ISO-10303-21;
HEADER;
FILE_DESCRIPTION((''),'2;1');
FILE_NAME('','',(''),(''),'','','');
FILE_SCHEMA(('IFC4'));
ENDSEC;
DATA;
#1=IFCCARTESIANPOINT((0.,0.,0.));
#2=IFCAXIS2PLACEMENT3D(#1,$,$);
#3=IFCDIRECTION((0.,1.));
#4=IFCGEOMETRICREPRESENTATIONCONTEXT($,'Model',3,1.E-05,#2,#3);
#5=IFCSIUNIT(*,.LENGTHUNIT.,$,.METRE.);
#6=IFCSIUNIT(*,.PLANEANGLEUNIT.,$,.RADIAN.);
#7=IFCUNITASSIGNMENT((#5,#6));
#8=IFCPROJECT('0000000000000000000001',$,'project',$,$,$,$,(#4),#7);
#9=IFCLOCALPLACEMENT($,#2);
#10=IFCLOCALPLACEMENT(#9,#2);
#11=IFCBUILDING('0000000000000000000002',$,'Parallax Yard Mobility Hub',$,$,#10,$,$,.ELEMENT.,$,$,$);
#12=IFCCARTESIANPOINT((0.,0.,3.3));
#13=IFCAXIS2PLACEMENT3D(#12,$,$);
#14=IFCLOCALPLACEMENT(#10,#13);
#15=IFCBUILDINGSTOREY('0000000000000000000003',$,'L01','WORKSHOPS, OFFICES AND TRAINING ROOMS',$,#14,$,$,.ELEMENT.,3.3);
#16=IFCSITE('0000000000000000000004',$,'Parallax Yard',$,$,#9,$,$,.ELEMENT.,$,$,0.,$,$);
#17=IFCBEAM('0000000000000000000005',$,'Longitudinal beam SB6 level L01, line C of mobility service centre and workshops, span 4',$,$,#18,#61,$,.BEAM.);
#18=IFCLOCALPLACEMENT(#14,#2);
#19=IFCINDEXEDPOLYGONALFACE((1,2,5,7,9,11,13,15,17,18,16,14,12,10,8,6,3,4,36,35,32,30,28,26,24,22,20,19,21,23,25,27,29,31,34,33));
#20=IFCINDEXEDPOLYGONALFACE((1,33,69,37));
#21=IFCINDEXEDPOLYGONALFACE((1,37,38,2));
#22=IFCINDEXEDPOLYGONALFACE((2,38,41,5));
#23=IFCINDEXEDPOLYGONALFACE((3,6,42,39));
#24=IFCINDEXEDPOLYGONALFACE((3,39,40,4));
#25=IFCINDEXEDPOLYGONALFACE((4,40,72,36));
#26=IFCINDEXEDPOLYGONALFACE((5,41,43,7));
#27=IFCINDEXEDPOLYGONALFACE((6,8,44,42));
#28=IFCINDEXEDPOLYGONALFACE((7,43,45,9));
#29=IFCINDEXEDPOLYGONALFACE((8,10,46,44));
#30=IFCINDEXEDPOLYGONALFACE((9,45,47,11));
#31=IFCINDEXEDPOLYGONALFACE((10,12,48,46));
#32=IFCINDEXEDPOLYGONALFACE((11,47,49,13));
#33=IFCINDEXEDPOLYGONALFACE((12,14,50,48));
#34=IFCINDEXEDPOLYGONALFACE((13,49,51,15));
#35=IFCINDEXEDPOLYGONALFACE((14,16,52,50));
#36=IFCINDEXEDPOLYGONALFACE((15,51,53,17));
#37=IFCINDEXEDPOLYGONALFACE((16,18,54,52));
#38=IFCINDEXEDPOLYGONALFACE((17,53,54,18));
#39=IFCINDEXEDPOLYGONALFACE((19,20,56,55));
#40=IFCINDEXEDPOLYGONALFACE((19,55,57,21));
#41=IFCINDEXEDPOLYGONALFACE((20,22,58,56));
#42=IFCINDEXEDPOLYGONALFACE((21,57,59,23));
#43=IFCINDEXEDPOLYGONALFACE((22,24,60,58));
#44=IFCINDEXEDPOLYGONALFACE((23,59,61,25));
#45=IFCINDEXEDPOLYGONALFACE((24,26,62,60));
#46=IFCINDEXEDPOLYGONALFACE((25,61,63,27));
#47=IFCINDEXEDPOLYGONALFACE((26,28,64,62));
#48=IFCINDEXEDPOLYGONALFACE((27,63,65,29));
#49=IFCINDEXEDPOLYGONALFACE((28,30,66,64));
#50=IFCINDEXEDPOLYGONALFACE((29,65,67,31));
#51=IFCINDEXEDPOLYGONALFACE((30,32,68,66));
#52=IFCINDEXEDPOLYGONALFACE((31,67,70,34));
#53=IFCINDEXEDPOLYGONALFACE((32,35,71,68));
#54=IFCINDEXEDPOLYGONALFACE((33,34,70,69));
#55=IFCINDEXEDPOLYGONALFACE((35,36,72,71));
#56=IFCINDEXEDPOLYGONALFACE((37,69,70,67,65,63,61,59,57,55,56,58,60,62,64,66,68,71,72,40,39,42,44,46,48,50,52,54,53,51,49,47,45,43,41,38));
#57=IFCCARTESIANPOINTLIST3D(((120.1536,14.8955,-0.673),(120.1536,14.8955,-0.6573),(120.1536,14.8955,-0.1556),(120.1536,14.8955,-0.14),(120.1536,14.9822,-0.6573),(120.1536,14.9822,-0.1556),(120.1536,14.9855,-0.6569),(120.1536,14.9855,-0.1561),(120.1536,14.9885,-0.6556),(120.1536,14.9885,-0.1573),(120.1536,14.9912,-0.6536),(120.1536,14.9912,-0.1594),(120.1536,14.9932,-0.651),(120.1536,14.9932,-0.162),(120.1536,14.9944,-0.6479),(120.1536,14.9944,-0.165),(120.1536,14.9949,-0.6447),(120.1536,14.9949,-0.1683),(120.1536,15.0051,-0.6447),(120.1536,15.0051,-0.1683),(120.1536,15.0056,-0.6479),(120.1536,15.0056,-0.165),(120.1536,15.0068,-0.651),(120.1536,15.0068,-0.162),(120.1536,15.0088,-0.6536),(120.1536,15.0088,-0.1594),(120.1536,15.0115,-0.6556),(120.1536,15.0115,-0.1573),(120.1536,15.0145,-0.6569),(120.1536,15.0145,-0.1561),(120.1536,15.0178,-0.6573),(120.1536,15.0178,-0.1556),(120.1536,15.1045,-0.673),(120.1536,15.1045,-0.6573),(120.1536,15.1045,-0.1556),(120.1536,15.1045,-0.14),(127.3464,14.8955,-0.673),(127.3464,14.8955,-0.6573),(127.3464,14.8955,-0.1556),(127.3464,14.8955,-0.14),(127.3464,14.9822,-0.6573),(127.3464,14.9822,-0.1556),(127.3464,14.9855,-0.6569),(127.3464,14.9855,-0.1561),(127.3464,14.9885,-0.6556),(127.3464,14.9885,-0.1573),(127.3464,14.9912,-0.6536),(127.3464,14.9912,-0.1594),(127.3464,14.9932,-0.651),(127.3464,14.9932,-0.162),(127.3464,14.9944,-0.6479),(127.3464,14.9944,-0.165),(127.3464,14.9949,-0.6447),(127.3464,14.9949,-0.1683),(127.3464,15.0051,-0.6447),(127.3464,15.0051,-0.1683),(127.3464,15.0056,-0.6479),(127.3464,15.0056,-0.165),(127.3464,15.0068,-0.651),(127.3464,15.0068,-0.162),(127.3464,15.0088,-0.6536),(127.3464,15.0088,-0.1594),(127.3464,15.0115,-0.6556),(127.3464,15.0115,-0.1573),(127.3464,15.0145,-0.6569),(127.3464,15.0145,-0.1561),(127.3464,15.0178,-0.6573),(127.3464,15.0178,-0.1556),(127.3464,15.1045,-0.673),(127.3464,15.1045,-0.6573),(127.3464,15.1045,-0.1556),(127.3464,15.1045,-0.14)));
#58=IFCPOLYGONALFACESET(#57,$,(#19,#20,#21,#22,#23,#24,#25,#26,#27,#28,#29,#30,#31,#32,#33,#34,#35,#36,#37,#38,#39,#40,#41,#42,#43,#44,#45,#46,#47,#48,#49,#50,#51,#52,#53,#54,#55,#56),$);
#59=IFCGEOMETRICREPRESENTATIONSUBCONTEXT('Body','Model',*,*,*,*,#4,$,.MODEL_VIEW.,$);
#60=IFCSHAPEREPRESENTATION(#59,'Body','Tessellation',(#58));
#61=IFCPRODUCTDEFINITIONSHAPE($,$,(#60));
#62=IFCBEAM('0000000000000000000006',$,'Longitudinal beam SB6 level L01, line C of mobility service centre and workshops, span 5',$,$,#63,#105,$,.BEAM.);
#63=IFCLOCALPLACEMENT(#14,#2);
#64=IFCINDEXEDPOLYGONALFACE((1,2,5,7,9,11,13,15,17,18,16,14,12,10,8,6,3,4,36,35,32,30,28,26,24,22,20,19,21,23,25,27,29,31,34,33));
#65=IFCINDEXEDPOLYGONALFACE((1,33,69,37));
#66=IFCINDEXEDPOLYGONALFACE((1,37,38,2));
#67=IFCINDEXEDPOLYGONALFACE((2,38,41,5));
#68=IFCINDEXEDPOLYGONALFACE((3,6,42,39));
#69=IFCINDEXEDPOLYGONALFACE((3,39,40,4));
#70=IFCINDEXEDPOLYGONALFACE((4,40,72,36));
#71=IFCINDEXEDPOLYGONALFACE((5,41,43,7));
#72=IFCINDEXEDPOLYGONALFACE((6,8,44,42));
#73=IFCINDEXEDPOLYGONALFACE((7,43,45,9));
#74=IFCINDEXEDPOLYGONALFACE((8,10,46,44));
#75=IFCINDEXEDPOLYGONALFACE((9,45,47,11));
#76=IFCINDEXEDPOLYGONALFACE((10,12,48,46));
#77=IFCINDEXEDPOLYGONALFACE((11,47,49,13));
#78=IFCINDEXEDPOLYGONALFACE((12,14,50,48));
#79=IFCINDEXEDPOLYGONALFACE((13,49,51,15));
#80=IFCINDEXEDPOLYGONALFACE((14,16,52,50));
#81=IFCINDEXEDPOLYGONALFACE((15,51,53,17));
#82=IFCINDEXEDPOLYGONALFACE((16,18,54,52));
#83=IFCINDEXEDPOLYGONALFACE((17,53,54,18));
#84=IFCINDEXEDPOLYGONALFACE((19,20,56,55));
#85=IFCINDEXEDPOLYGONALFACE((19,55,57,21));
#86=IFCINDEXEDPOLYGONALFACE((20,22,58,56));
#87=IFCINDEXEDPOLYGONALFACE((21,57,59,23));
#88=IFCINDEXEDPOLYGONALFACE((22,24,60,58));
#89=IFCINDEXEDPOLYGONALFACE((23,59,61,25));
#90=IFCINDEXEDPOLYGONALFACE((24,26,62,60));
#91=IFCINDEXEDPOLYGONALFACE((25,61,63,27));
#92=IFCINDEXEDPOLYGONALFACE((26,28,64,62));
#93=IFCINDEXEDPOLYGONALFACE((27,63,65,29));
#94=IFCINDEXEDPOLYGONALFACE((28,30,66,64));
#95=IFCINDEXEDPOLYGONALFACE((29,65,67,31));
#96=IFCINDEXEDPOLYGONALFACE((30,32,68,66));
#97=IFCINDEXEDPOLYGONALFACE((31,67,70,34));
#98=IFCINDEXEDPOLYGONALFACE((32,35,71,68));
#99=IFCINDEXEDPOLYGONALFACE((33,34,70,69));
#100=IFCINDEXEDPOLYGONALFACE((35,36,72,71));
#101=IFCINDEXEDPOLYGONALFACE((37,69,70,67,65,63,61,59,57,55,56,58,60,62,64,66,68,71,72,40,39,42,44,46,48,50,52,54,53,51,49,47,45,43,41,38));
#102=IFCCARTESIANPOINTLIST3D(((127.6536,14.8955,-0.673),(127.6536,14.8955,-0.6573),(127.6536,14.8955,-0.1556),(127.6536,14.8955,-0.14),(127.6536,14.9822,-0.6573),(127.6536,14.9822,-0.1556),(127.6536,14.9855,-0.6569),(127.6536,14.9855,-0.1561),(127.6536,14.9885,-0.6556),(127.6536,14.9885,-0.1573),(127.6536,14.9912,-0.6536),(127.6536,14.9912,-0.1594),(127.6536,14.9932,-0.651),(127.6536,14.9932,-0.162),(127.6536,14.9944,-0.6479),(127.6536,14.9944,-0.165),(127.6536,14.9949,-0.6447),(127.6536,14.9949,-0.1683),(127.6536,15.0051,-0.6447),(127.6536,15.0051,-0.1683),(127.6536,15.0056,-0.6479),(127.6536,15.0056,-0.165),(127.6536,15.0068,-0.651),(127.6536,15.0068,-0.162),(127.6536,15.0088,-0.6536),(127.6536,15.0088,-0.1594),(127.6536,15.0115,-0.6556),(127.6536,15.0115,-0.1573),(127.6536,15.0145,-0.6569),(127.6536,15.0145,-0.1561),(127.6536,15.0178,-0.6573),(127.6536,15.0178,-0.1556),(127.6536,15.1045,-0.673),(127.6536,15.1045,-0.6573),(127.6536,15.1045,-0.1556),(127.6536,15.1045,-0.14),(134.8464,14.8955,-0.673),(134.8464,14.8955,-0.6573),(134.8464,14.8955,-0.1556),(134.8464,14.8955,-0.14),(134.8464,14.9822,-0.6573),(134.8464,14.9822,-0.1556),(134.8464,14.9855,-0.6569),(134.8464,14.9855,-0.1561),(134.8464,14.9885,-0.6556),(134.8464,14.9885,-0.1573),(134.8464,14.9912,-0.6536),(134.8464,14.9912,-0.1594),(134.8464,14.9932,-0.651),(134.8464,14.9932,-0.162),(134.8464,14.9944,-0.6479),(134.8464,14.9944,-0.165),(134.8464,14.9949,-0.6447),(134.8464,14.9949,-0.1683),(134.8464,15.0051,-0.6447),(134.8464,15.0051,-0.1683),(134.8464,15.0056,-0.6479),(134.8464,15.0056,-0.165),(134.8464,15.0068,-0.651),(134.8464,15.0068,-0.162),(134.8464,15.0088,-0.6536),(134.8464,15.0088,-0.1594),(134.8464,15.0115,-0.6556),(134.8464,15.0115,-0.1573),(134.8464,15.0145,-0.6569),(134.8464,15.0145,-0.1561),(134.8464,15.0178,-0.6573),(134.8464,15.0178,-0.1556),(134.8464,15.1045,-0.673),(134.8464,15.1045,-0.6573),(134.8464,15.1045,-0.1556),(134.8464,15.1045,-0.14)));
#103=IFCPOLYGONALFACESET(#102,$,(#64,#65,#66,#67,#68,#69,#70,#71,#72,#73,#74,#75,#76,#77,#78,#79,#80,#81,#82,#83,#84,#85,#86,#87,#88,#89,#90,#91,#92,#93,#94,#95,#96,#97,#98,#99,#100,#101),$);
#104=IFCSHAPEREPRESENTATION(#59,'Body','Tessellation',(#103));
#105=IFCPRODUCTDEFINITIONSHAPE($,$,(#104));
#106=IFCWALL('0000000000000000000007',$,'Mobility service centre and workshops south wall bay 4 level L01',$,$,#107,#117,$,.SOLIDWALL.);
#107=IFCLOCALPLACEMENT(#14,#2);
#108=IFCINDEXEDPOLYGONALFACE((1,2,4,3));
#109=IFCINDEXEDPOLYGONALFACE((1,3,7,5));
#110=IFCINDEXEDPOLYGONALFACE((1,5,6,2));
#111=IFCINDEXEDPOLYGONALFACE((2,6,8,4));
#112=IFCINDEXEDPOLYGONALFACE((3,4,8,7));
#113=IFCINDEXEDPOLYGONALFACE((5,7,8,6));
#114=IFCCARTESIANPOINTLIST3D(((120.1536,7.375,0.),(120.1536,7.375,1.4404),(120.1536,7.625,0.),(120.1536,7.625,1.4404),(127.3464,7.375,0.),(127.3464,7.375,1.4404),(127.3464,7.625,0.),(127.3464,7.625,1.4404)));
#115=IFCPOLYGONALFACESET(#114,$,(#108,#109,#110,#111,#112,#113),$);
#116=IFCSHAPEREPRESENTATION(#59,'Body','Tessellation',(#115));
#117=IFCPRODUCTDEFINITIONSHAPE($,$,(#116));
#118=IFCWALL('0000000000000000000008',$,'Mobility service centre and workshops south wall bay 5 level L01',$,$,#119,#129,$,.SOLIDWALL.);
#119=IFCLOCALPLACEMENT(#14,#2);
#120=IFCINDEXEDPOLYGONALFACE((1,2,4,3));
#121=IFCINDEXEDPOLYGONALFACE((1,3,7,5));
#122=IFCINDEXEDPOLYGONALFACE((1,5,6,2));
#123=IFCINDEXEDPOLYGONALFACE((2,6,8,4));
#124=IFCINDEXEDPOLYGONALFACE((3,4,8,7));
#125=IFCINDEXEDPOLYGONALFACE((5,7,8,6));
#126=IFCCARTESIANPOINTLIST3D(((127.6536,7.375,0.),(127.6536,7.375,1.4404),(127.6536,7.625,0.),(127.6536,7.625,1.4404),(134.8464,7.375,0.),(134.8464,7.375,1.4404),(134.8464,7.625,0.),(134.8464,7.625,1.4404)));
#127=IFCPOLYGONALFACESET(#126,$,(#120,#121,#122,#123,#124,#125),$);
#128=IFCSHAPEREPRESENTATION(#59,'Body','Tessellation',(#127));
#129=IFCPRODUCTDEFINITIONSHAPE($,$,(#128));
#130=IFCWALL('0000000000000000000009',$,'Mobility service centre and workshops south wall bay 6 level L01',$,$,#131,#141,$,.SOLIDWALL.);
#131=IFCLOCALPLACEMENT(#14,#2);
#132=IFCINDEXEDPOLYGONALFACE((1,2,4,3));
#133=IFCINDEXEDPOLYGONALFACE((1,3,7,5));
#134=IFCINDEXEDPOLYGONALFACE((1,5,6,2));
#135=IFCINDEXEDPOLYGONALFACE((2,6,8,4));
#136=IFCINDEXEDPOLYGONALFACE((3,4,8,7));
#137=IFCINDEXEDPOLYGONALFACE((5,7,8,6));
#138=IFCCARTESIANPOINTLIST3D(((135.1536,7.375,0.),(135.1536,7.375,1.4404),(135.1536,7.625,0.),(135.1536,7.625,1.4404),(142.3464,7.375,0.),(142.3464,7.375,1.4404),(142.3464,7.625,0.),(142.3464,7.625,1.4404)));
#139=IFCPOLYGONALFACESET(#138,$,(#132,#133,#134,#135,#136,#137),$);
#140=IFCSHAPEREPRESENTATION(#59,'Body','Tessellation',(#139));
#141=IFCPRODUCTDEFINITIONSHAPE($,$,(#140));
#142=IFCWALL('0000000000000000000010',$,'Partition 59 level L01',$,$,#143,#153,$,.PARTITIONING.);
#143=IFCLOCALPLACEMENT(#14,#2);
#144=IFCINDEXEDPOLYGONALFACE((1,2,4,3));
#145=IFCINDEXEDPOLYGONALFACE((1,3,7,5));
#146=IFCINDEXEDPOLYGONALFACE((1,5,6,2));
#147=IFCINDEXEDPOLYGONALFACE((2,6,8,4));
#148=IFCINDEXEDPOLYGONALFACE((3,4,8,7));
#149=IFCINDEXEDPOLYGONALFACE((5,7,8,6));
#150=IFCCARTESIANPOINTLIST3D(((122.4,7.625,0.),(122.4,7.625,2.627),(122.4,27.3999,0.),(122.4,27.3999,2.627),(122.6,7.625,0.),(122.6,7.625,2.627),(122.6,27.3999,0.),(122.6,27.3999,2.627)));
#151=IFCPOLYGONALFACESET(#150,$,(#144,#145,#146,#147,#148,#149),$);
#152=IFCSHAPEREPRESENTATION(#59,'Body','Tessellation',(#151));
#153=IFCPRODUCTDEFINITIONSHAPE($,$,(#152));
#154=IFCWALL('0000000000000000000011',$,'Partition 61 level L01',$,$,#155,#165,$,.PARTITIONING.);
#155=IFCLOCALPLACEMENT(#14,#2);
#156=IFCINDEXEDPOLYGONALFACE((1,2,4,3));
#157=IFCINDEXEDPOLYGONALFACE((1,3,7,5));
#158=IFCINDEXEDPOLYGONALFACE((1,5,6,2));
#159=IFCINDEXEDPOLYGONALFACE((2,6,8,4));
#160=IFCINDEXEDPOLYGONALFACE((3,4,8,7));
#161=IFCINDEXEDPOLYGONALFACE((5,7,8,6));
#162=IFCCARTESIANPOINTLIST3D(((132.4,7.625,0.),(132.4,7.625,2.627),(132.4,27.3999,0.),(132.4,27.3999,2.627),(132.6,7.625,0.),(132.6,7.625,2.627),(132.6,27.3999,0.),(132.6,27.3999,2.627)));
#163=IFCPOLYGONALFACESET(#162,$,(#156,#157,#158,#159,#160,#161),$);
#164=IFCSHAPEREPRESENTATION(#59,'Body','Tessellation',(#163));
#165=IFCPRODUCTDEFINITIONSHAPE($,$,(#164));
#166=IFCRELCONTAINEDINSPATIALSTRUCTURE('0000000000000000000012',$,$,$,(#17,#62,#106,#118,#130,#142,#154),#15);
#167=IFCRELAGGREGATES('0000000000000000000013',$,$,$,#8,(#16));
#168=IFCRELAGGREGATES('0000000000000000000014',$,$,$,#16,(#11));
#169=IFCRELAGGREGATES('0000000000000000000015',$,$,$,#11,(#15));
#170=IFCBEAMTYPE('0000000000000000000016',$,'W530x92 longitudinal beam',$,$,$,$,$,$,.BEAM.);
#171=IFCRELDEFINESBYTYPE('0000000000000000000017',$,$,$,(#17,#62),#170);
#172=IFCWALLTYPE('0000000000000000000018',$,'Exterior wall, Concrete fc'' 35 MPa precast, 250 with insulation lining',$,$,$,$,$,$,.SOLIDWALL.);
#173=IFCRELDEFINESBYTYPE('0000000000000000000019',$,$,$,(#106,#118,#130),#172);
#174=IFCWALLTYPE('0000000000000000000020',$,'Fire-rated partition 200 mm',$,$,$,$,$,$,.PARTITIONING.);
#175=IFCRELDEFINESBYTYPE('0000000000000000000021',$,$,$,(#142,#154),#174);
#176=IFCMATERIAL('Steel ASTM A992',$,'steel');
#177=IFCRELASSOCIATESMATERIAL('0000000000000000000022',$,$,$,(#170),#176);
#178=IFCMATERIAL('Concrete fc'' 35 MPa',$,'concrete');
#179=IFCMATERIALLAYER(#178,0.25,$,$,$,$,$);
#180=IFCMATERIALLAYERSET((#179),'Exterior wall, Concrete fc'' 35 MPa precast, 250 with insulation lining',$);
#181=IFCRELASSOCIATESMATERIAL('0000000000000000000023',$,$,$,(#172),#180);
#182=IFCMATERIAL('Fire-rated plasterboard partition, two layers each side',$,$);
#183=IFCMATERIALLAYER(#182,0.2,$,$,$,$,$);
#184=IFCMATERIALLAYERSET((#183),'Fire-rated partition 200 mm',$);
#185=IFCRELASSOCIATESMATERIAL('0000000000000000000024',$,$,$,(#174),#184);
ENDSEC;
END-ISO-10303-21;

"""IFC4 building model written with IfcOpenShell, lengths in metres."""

from ifc_helpers import new_model, si_unit, direction, frame, frame_2d, origin, origin_2d, place, context, subcontext, project, spatial, rectangle, i_section, extrude, material, layer, layer_set, material_profile, profile_set, type_object, element, save


model = new_model("IFC4")

# Units and contexts
model_context = context("Model", 3, precision=1e-05, world=origin(), true_north=direction((0.0, 1.0)))
body_context = subcontext(model_context, "Body", "Model", "MODEL_VIEW")
ifc_project = project(units=[si_unit("LENGTHUNIT", "METRE"), si_unit("PLANEANGLEUNIT", "RADIAN")], contexts=[model_context])

# Site, building, storey
site_placement = place(None, origin())
site = spatial("IfcSite", under=ifc_project, at=site_placement, Name="Parallax Yard", CompositionType="ELEMENT", RefElevation=0.0)
building_placement = place(site_placement, origin())
building = spatial("IfcBuilding", under=site, at=building_placement, Name="Parallax Yard Mobility Hub", CompositionType="ELEMENT")
storey_placement = place(building_placement, frame((0.0, 0.0, 3.3)))
storey = spatial("IfcBuildingStorey", under=building, at=storey_placement, Name="L01", Description="WORKSHOPS, OFFICES AND TRAINING ROOMS", CompositionType="ELEMENT", Elevation=3.3)

# Shared definitions
ifc_material_1 = material(Name="Steel ASTM A992", Category="steel")

# Beams
ifc_material_profile_1 = material_profile(ifc_material_1, i_section(OverallWidth=0.209, OverallDepth=0.533, WebThickness=0.0103, FlangeThickness=0.0156, FilletRadius=0.0127, at=origin_2d()), Name="W530x92")
ifc_profile_set_1 = profile_set([ifc_material_profile_1], Name="Steel ASTM A992")
beam_type_1 = type_object("IfcBeamType", Name="W530x92 longitudinal beam", PredefinedType="BEAM", material=ifc_profile_set_1)
for number, where, z_axis, x_axis, name in (
    (1, (120.1536, 15.0, -0.4065), (1.0, 0.0, 0.0), (0.0, 1.0, 0.0), "Longitudinal beam SB6 level L01, line C of mobility service centre and workshops, span 4"),
    (2, (127.6536, 15.0, -0.4065), (1.0, 0.0, 0.0), (0.0, 1.0, 0.0), "Longitudinal beam SB6 level L01, line C of mobility service centre and workshops, span 5"),
):
    element("IfcBeam", number, at=place(storey_placement, frame(where, z_axis=z_axis, x_axis=x_axis)), inside=storey, type_object=beam_type_1, Name=name, PredefinedType="BEAM", context=body_context, shape_type="SweptSolid", body=[
        extrude(i_section(OverallWidth=0.209, OverallDepth=0.533, WebThickness=0.0103, FlangeThickness=0.0156, FilletRadius=0.0127, at=origin_2d()), origin(), (0.0, 0.0, 1.0), 7.1929),
    ])

# Walls
ifc_material_2 = material(Name="Concrete fc' 35 MPa", Category="concrete")
ifc_layer_1 = layer(ifc_material_2, 0.25)
ifc_layer_set_1 = layer_set([ifc_layer_1], Name="Exterior wall, Concrete fc' 35 MPa precast, 250 with insulation lining")
wall_type_1 = type_object("IfcWallType", Name="Exterior wall, Concrete fc' 35 MPa precast, 250 with insulation lining", PredefinedType="SOLIDWALL", material=ifc_layer_set_1)
for number, where, z_axis, x_axis, name in (
    (3, (120.1536, 7.5, 0.0), (0.0, 0.0, 1.0), (1.0, 0.0, 0.0), "Mobility service centre and workshops south wall bay 4 level L01"),
    (4, (127.6536, 7.5, 0.0), (0.0, 0.0, 1.0), (1.0, 0.0, 0.0), "Mobility service centre and workshops south wall bay 5 level L01"),
    (5, (135.1536, 7.5, 0.0), (0.0, 0.0, 1.0), (1.0, 0.0, 0.0), "Mobility service centre and workshops south wall bay 6 level L01"),
):
    element("IfcWall", number, at=place(storey_placement, frame(where, z_axis=z_axis, x_axis=x_axis)), inside=storey, type_object=wall_type_1, Name=name, PredefinedType="SOLIDWALL", context=body_context, shape_type="SweptSolid", body=[
        extrude(rectangle(XDim=7.1929, YDim=0.25, at=frame_2d((3.5964, 0.0))), origin(), (0.0, 0.0, 1.0), 1.4404),
    ])
ifc_material_3 = material(Name="Fire-rated plasterboard partition, two layers each side")
ifc_layer_2 = layer(ifc_material_3, 0.2)
ifc_layer_set_2 = layer_set([ifc_layer_2], Name="Fire-rated partition 200 mm")
wall_type_2 = type_object("IfcWallType", Name="Fire-rated partition 200 mm", PredefinedType="PARTITIONING", material=ifc_layer_set_2)
for number, where, z_axis, x_axis, name in (
    (6, (122.5, 7.625, 0.0), (0.0, 0.0, 1.0), (0.0, 1.0, 0.0), "Partition 59 level L01"),
    (7, (132.5, 7.625, 0.0), (0.0, 0.0, 1.0), (0.0, 1.0, 0.0), "Partition 61 level L01"),
):
    element("IfcWall", number, at=place(storey_placement, frame(where, z_axis=z_axis, x_axis=x_axis)), inside=storey, type_object=wall_type_2, Name=name, PredefinedType="PARTITIONING", context=body_context, shape_type="SweptSolid", body=[
        extrude(rectangle(XDim=19.7749, YDim=0.2, at=frame_2d((9.8875, 0.0))), origin(), (0.0, 0.0, 1.0), 2.627),
    ])

save(model, "model.ifc")
